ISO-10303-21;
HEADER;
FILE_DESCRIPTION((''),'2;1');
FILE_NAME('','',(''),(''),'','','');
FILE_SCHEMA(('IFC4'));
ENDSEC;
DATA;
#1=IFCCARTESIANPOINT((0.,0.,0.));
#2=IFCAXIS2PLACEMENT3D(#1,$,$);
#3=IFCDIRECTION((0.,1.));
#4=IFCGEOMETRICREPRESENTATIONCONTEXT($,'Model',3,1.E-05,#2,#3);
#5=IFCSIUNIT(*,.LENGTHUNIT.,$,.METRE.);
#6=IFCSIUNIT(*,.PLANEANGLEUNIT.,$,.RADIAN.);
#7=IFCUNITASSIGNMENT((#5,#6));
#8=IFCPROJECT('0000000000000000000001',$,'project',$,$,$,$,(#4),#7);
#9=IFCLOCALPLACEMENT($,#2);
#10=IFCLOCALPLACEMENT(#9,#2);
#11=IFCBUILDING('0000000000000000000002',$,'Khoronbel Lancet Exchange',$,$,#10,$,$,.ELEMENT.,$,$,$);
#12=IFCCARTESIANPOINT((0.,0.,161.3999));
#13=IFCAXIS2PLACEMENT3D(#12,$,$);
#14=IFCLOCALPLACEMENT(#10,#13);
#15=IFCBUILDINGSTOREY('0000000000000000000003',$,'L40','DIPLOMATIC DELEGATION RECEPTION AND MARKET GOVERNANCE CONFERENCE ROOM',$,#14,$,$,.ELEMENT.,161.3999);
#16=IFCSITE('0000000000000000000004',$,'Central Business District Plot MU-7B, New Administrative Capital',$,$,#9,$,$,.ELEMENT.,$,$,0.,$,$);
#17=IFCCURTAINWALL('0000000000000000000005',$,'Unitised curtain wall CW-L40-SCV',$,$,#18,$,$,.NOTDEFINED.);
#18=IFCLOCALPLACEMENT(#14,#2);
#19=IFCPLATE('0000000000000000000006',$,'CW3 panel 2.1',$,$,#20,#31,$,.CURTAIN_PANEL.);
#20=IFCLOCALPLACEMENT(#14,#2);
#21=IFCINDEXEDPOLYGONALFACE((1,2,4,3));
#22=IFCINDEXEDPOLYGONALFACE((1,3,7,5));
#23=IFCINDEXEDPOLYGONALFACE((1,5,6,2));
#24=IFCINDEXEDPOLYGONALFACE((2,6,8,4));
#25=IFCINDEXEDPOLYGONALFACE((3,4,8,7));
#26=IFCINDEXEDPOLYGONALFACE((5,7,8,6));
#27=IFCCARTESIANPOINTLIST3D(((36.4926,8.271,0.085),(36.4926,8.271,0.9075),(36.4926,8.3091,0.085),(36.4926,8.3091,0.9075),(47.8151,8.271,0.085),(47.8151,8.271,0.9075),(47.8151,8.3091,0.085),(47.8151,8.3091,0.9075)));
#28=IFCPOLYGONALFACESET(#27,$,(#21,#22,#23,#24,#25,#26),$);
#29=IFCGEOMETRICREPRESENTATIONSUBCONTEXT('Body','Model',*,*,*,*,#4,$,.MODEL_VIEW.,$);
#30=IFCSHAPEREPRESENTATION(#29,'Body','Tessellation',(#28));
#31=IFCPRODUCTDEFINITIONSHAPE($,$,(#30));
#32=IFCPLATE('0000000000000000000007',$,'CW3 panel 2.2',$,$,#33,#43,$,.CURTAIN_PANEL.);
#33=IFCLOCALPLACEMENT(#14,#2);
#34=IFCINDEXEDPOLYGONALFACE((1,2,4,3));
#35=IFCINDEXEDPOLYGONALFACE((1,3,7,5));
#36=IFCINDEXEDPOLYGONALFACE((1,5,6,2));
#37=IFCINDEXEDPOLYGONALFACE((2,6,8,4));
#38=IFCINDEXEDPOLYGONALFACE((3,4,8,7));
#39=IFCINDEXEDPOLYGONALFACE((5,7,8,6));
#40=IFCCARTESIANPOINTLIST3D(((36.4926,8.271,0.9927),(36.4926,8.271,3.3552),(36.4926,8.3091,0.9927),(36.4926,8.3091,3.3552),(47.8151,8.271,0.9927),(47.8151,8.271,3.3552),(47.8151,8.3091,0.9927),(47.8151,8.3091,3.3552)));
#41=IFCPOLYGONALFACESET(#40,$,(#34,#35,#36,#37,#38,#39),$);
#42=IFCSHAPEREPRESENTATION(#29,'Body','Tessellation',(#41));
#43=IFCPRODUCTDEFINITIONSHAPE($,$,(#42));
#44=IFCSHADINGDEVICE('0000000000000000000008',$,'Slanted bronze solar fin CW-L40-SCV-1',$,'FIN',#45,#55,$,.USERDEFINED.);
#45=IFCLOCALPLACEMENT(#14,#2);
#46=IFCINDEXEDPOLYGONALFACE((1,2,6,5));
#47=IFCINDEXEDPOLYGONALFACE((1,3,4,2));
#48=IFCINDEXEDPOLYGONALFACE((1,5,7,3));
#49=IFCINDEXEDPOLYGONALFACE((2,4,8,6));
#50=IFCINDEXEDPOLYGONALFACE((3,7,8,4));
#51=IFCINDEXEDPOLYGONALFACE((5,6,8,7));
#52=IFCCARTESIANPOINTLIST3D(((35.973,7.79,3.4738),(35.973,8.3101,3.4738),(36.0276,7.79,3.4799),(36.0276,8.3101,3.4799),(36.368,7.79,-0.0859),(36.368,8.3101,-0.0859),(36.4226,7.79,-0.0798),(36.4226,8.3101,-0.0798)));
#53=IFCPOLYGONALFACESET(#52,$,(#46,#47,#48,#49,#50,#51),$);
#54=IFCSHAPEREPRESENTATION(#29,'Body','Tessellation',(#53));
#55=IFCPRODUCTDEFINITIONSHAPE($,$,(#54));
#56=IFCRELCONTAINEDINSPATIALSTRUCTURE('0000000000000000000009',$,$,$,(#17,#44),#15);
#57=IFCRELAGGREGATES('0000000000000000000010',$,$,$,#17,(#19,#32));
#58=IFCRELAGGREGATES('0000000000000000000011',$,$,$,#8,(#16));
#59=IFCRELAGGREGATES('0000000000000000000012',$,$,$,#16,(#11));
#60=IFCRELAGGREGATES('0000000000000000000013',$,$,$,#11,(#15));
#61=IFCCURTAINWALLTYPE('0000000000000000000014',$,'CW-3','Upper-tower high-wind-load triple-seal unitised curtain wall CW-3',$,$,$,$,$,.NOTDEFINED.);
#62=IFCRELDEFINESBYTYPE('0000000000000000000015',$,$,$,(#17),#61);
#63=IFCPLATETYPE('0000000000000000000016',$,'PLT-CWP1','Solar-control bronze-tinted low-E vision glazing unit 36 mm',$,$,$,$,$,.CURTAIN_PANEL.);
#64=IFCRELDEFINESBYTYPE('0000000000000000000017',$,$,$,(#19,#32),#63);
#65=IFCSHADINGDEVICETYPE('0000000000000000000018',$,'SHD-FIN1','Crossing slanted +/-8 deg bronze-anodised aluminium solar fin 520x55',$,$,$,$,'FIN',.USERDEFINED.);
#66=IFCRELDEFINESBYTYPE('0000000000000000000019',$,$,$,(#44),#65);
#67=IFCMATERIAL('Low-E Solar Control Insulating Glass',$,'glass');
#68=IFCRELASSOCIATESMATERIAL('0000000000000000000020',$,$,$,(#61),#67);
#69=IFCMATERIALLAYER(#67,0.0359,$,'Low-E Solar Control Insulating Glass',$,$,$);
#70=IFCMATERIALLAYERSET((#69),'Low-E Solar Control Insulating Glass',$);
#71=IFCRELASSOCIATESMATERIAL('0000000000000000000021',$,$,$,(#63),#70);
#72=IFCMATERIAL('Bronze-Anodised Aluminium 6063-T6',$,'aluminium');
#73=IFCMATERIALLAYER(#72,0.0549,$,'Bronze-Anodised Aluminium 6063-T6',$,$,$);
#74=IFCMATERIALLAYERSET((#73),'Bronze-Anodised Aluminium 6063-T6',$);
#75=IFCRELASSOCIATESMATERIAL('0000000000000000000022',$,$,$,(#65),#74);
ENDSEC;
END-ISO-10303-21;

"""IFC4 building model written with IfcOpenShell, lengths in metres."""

from ifc_helpers import new_model, si_unit, direction, frame, origin, origin_2d, place, context, subcontext, project, spatial, polyline, rectangle, outline, extrude, material, layer, layer_set, type_object, element, aggregate, save


model = new_model("IFC4")

# Units and contexts
model_context = context("Model", 3, precision=1e-05, world=origin(), true_north=direction((0.0, 1.0)))
body_context = subcontext(model_context, "Body", "Model", "MODEL_VIEW")
ifc_project = project(units=[si_unit("LENGTHUNIT", "METRE"), si_unit("PLANEANGLEUNIT", "RADIAN")], contexts=[model_context])

# Site, building, storey
site_placement = place(None, origin())
site = spatial("IfcSite", under=ifc_project, at=site_placement, Name="Central Business District Plot MU-7B, New Administrative Capital", CompositionType="ELEMENT", RefElevation=0.0)
building_placement = place(site_placement, origin())
building = spatial("IfcBuilding", under=site, at=building_placement, Name="Khoronbel Lancet Exchange", CompositionType="ELEMENT")
storey_placement = place(building_placement, frame((0.0, 0.0, 161.3999)))
storey = spatial("IfcBuildingStorey", under=building, at=storey_placement, Name="L40", Description="DIPLOMATIC DELEGATION RECEPTION AND MARKET GOVERNANCE CONFERENCE ROOM", CompositionType="ELEMENT", Elevation=161.3999)

# Curtain wall
ifc_material_1 = material(Name="Low-E Solar Control Insulating Glass", Category="glass")
curtain_wall_type = type_object("IfcCurtainWallType", Name="CW-3", Description="Upper-tower high-wind-load triple-seal unitised curtain wall CW-3", PredefinedType="NOTDEFINED", material=ifc_material_1)
curtain_wall_1_placement = place(storey_placement, origin())
curtain_wall_1 = element("IfcCurtainWall", 1, at=curtain_wall_1_placement, inside=storey, type_object=curtain_wall_type, Name="Unitised curtain wall CW-L40-SCV", PredefinedType="NOTDEFINED")
ifc_material_2 = material(Name="Bronze-Anodised Aluminium 6063-T6", Category="aluminium")

# Plates
ifc_layer_1 = layer(ifc_material_1, 0.0359, Name="Low-E Solar Control Insulating Glass")
ifc_layer_set_1 = layer_set([ifc_layer_1], Name="Low-E Solar Control Insulating Glass")
plate_type_1 = type_object("IfcPlateType", Name="PLT-CWP1", Description="Solar-control bronze-tinted low-E vision glazing unit 36 mm", PredefinedType="CURTAIN_PANEL", material=ifc_layer_set_1)
plate_1_placement = place(storey_placement, frame((42.1538, 8.29, 0.085), z_axis=(0.0, 0.0, 1.0), x_axis=(1.0, 0.0, 0.0)))
plate_1 = element("IfcPlate", 2, at=plate_1_placement, type_object=plate_type_1, Name="CW3 panel 2.1", PredefinedType="CURTAIN_PANEL", context=body_context, shape_type="SweptSolid", body=[
    extrude(rectangle(XDim=11.3225, YDim=0.0381, at=origin_2d()), origin(), (0.0, 0.0, 1.0), 0.8225),
])
plate_2_placement = place(storey_placement, frame((42.1538, 8.29, 0.9927), z_axis=(0.0, 0.0, 1.0), x_axis=(1.0, 0.0, 0.0)))
plate_2 = element("IfcPlate", 3, at=plate_2_placement, type_object=plate_type_1, Name="CW3 panel 2.2", PredefinedType="CURTAIN_PANEL", context=body_context, shape_type="SweptSolid", body=[
    extrude(rectangle(XDim=11.3225, YDim=0.0381, at=origin_2d()), origin(), (0.0, 0.0, 1.0), 2.3625),
])
aggregate(curtain_wall_1, [plate_1, plate_2])

# Shading device
ifc_layer_2 = layer(ifc_material_2, 0.0549, Name="Bronze-Anodised Aluminium 6063-T6")
ifc_layer_set_2 = layer_set([ifc_layer_2], Name="Bronze-Anodised Aluminium 6063-T6")
shading_device_type = type_object("IfcShadingDeviceType", Name="SHD-FIN1", Description="Crossing slanted +/-8 deg bronze-anodised aluminium solar fin 520x55", ElementType="FIN", PredefinedType="USERDEFINED", material=ifc_layer_set_2)
shading_device_placement = place(storey_placement, frame((36.4226, 8.3101, -0.0798), z_axis=(0.9939, 0.0, 0.110289), x_axis=(0.0, -1.0, 0.0)))
element("IfcShadingDevice", 4, at=shading_device_placement, inside=storey, type_object=shading_device_type, Name="Slanted bronze solar fin CW-L40-SCV-1", ObjectType="FIN", PredefinedType="USERDEFINED", context=body_context, shape_type="SweptSolid", body=[
    extrude(outline(polyline([(0.0, 0.0), (0.52, 0.0), (0.52, -3.5815), (0.0, -3.5815), (0.0, 0.0)])), origin(), (0.0, 0.0, -1.0), 0.0549),
])

save(model, "model.ifc")
